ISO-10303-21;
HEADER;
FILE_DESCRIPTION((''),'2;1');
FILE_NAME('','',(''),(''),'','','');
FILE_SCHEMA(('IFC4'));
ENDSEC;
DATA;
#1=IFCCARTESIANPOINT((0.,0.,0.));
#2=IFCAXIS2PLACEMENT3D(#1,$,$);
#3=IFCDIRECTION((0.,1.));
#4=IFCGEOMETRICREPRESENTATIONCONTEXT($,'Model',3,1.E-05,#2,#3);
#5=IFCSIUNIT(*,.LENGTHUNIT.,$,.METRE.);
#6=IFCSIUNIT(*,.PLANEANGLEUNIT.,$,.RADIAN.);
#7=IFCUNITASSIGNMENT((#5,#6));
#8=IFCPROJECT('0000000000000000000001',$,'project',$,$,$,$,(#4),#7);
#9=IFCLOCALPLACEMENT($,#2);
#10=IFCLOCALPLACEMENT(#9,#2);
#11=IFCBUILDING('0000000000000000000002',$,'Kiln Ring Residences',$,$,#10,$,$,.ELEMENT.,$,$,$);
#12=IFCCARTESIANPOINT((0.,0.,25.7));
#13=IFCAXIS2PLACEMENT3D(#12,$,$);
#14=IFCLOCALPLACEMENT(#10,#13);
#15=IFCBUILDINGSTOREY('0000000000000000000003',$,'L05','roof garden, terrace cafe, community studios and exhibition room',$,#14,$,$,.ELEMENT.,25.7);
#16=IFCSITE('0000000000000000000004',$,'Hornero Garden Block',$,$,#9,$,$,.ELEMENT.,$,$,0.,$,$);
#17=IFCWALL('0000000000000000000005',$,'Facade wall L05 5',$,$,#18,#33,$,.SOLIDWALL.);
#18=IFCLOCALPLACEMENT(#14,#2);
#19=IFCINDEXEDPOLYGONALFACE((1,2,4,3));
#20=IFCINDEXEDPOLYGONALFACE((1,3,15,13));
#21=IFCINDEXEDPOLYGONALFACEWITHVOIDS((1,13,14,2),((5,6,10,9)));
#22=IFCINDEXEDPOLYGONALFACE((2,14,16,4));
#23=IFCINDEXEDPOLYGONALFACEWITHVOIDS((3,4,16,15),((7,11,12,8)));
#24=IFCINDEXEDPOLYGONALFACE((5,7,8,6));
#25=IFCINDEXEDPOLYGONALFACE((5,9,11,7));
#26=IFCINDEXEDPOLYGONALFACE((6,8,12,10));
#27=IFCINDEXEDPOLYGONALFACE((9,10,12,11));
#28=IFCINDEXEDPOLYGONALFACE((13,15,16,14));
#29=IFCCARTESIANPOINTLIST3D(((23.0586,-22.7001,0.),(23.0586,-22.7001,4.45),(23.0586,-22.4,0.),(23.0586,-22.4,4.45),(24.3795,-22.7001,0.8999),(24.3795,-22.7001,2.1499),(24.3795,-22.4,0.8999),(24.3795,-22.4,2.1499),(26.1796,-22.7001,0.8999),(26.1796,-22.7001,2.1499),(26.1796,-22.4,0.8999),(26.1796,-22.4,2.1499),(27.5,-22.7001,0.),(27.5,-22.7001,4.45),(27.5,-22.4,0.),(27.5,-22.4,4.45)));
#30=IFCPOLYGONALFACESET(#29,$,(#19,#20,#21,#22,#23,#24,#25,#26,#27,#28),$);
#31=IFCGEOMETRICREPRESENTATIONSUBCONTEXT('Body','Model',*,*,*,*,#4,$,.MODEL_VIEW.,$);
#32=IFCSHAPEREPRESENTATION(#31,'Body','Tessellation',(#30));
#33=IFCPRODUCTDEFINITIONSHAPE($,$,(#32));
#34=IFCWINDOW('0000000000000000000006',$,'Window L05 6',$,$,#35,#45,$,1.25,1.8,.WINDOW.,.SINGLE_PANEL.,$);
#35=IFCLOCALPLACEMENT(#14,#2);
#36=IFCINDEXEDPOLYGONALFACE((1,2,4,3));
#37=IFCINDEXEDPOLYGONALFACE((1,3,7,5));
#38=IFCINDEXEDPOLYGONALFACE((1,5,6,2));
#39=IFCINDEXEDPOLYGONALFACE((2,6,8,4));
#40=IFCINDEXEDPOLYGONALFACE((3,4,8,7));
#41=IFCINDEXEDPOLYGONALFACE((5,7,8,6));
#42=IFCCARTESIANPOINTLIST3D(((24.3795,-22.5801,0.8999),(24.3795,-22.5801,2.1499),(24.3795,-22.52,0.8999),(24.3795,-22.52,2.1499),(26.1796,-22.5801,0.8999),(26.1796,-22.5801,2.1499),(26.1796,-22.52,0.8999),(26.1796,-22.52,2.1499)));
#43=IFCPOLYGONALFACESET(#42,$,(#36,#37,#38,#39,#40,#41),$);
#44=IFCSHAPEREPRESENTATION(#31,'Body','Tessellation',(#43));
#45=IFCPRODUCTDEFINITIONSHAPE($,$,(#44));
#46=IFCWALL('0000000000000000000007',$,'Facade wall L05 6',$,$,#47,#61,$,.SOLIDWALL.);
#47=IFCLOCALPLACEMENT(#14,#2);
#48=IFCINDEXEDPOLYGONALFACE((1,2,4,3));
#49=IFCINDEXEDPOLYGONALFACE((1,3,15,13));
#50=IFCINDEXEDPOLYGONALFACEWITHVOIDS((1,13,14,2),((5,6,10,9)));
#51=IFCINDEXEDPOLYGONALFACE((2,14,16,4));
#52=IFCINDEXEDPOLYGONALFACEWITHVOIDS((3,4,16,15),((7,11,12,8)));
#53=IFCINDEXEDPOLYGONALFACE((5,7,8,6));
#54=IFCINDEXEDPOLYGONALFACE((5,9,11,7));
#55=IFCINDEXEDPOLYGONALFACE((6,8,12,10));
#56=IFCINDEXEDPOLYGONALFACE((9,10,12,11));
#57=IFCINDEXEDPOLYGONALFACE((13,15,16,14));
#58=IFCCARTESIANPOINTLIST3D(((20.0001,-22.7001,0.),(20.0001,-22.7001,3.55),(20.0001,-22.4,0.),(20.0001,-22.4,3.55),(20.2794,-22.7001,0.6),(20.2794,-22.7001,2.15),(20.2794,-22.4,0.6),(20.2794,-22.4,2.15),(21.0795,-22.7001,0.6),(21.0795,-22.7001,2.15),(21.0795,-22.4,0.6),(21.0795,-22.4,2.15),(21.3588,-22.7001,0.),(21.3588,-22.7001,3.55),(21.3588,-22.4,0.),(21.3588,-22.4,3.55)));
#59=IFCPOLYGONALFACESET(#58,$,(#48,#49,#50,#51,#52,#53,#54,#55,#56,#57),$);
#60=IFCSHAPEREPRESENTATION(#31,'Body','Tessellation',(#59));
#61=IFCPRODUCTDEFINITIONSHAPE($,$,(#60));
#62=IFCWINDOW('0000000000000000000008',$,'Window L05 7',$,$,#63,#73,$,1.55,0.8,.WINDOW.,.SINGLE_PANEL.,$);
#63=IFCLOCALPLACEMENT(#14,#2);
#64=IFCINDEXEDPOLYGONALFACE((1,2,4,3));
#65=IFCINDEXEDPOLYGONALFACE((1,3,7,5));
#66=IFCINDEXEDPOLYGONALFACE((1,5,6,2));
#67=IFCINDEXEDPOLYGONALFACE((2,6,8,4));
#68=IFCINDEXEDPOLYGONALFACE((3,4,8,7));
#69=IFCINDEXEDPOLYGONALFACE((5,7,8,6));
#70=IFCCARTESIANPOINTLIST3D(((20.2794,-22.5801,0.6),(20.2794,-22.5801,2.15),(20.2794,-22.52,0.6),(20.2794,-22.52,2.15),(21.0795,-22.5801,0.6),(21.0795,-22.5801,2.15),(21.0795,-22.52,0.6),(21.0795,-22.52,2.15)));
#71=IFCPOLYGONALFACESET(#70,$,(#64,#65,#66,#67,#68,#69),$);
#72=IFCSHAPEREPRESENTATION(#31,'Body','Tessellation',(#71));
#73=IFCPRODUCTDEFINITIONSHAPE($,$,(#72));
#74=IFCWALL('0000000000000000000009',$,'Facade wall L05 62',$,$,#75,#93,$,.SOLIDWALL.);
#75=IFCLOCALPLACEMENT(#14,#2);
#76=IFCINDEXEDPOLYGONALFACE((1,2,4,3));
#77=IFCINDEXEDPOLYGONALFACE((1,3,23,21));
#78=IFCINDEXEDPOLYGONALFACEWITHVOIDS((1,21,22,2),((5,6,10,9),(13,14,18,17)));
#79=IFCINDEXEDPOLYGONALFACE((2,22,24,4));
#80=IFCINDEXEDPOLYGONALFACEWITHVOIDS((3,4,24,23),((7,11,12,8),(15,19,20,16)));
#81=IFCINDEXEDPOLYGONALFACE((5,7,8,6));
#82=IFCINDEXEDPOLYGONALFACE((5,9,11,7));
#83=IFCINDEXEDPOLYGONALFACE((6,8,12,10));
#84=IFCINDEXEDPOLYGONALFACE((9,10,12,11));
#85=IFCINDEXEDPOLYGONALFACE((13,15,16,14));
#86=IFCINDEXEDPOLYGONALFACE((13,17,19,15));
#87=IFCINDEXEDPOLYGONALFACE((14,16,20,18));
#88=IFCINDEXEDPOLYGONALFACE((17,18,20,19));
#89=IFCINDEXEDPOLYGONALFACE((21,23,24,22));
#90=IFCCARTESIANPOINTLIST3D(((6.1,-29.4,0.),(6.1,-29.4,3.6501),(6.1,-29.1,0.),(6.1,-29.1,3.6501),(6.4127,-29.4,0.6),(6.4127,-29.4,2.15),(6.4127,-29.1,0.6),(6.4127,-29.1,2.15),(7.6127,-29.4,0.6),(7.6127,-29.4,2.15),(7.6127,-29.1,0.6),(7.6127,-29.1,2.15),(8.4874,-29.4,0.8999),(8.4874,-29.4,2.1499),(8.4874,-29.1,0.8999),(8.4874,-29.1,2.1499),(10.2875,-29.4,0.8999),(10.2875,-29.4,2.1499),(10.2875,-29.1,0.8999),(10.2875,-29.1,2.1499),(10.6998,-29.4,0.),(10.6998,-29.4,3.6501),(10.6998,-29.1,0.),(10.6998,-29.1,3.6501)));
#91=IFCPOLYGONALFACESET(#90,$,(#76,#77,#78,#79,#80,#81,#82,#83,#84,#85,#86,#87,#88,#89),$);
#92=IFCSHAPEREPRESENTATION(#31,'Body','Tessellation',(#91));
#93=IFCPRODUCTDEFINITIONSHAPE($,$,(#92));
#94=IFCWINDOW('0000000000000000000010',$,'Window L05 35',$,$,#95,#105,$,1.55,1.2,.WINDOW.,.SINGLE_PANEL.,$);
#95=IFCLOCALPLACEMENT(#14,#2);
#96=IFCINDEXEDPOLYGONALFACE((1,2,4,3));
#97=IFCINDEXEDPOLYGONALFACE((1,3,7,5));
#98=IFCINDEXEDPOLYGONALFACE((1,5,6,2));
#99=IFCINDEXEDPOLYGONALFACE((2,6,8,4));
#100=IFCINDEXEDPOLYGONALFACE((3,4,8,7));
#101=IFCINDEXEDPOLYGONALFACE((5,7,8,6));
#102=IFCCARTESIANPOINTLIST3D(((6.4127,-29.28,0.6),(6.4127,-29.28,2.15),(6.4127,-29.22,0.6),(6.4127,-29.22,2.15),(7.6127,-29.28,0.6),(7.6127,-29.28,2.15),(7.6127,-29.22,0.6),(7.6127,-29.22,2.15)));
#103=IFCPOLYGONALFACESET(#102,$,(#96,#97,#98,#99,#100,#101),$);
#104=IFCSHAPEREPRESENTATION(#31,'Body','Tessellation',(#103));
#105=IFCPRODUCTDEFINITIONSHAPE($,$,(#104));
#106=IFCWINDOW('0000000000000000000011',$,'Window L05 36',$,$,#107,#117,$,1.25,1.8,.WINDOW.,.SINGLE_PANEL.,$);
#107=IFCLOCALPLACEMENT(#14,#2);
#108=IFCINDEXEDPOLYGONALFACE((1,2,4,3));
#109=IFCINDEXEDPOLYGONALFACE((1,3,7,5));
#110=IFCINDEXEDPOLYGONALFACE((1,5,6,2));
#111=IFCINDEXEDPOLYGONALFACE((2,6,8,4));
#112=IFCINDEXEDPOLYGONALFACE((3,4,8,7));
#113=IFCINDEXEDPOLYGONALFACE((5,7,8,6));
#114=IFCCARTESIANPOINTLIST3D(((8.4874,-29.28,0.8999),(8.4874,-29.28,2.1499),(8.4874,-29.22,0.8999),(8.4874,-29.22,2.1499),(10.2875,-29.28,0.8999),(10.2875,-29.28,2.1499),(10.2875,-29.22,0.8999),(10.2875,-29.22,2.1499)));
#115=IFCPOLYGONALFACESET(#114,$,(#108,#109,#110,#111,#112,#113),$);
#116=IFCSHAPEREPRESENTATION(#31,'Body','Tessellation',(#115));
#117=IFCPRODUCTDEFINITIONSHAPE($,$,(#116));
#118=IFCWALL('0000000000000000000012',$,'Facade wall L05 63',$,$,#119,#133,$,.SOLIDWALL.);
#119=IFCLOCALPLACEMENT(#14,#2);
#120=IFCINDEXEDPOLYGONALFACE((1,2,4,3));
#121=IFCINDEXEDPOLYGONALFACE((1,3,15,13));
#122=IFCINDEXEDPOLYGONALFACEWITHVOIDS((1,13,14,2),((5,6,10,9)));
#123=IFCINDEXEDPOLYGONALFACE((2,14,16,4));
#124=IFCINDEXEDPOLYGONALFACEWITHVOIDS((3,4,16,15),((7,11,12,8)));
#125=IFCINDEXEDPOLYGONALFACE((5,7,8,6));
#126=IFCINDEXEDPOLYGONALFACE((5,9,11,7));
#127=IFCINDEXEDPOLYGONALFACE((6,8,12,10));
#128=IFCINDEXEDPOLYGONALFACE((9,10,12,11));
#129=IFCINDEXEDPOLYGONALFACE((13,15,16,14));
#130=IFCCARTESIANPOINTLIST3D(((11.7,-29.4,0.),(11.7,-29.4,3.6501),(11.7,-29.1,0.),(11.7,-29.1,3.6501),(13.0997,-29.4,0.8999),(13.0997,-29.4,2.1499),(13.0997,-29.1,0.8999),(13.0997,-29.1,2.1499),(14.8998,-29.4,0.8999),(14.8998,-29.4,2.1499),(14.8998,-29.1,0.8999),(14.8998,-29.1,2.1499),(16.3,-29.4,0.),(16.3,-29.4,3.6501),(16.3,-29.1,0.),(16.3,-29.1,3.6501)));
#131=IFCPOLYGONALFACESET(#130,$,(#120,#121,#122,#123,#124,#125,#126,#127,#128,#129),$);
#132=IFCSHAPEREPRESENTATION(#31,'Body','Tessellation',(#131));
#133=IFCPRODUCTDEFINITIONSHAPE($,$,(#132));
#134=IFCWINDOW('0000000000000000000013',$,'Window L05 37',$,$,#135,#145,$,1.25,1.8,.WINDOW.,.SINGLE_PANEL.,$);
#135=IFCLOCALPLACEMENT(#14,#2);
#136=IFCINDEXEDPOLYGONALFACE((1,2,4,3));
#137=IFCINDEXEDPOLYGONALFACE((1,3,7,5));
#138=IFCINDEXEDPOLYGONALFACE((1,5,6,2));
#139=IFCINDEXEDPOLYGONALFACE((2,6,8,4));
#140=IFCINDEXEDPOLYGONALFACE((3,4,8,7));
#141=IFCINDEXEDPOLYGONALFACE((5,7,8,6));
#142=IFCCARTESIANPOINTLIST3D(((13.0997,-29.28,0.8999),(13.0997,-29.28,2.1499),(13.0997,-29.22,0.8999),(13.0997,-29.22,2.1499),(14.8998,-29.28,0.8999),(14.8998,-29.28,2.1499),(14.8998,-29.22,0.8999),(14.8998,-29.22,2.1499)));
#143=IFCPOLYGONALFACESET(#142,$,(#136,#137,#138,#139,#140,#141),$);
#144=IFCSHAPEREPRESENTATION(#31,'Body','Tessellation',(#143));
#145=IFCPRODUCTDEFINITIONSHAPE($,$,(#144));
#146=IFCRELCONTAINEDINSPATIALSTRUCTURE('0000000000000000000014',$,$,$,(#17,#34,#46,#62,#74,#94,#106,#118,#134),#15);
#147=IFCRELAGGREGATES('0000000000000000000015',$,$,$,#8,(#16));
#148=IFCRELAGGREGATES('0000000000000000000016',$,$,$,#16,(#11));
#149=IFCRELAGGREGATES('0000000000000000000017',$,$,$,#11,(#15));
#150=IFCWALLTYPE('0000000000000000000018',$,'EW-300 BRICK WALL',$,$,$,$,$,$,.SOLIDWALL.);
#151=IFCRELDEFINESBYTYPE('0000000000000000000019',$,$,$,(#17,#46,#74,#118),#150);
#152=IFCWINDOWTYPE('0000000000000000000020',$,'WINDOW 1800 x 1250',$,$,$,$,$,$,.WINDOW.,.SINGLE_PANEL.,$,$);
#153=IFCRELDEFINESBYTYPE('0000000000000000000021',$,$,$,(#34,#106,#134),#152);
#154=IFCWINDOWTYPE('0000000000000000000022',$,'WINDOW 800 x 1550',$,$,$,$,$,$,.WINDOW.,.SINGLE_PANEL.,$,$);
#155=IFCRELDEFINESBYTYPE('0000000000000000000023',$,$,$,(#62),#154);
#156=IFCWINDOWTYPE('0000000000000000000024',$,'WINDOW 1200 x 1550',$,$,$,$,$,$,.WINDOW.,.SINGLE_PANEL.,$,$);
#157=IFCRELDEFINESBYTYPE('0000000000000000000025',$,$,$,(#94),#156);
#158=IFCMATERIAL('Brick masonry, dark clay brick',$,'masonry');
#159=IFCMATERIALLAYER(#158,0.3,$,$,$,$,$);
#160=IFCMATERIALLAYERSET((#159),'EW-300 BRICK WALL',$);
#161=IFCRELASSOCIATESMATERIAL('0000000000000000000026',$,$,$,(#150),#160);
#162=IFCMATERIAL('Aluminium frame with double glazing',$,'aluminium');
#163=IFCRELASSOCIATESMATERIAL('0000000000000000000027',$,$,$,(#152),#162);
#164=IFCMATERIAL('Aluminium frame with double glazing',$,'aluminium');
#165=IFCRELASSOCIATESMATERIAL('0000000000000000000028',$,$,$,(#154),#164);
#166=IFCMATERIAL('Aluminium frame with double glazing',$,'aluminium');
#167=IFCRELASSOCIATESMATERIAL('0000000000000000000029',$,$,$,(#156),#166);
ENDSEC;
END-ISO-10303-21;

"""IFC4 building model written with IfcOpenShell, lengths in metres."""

from ifc_helpers import new_model, si_unit, direction, frame, frame_2d, origin, place, context, subcontext, project, spatial, rectangle, extrude, material, layer, layer_set, type_object, element, fill, save


model = new_model("IFC4")

# Units and contexts
model_context = context("Model", 3, precision=1e-05, world=origin(), true_north=direction((0.0, 1.0)))
body_context = subcontext(model_context, "Body", "Model", "MODEL_VIEW")
ifc_project = project(units=[si_unit("LENGTHUNIT", "METRE"), si_unit("PLANEANGLEUNIT", "RADIAN")], contexts=[model_context])

# Site, building, storey
site_placement = place(None, origin())
site = spatial("IfcSite", under=ifc_project, at=site_placement, Name="Hornero Garden Block", CompositionType="ELEMENT", RefElevation=0.0)
building_placement = place(site_placement, origin())
building = spatial("IfcBuilding", under=site, at=building_placement, Name="Kiln Ring Residences", CompositionType="ELEMENT")
storey_placement = place(building_placement, frame((0.0, 0.0, 25.7)))
storey = spatial("IfcBuildingStorey", under=building, at=storey_placement, Name="L05", Description="roof garden, terrace cafe, community studios and exhibition room", CompositionType="ELEMENT", Elevation=25.7)

# Walls, openings, windows
ifc_material_1 = material(Name="Brick masonry, dark clay brick", Category="masonry")
ifc_layer_1 = layer(ifc_material_1, 0.3)
ifc_layer_set_1 = layer_set([ifc_layer_1], Name="EW-300 BRICK WALL")
wall_type_1 = type_object("IfcWallType", Name="EW-300 BRICK WALL", PredefinedType="SOLIDWALL", material=ifc_layer_set_1)
wall_1_placement = place(storey_placement, frame((27.5, -22.55, 0.0), z_axis=(0.0, 0.0, 1.0), x_axis=(-1.0, 0.0, 0.0)))
wall_1 = element("IfcWall", 1, at=wall_1_placement, inside=storey, type_object=wall_type_1, Name="Facade wall L05 5", PredefinedType="SOLIDWALL", context=body_context, shape_type="SweptSolid", body=[
    extrude(rectangle(XDim=4.4414, YDim=0.3, at=frame_2d((2.2207, 0.0))), origin(), (0.0, 0.0, 1.0), 4.45),
])
opening_1_placement = place(wall_1_placement, frame((1.3206, 0.0, 0.8999)))
opening_1 = element("IfcOpeningElement", 2, at=opening_1_placement, cuts=wall_1, PredefinedType="OPENING", context=body_context, shape_type="SweptSolid", body=[
    extrude(rectangle(XDim=1.8, YDim=1.25, at=frame_2d((0.8999, 0.625))), frame((0.0, 0.1599, 0.0), z_axis=(0.0, -1.0, 0.0), x_axis=(1.0, 0.0, 0.0)), (0.0, 0.0, 1.0), 0.3201),
])
ifc_material_2 = material(Name="Aluminium frame with double glazing", Category="aluminium")
window_type_1 = type_object("IfcWindowType", Name="WINDOW 1800 x 1250", PartitioningType="SINGLE_PANEL", PredefinedType="WINDOW", material=ifc_material_2)
window_1_placement = place(opening_1_placement, origin())
window_1 = element("IfcWindow", 3, at=window_1_placement, inside=storey, type_object=window_type_1, Name="Window L05 6", OverallHeight=1.25, OverallWidth=1.8, PartitioningType="SINGLE_PANEL", PredefinedType="WINDOW", context=body_context, shape_type="SweptSolid", body=[
    extrude(rectangle(XDim=1.8, YDim=1.25, at=frame_2d((0.8999, 0.625))), frame((0.0, 0.03, 0.0), z_axis=(0.0, -1.0, 0.0), x_axis=(1.0, 0.0, 0.0)), (0.0, 0.0, 1.0), 0.0601),
])
fill(opening_1, window_1)
wall_2_placement = place(storey_placement, frame((21.3586, -22.55, 0.0), z_axis=(0.0, 0.0, 1.0), x_axis=(-1.0, 0.0, 0.0)))
wall_2 = element("IfcWall", 4, at=wall_2_placement, inside=storey, type_object=wall_type_1, Name="Facade wall L05 6", PredefinedType="SOLIDWALL", context=body_context, shape_type="SweptSolid", body=[
    extrude(rectangle(XDim=1.3586, YDim=0.3, at=frame_2d((0.6792, 0.0))), origin(), (0.0, 0.0, 1.0), 3.55),
])
opening_2_placement = place(wall_2_placement, frame((0.2793, 0.0, 0.6001)))
opening_2 = element("IfcOpeningElement", 5, at=opening_2_placement, cuts=wall_2, PredefinedType="OPENING", context=body_context, shape_type="SweptSolid", body=[
    extrude(rectangle(XDim=0.8, YDim=1.55, at=frame_2d((0.3999, 0.7749))), frame((0.0, 0.1599, 0.0), z_axis=(0.0, -1.0, 0.0), x_axis=(1.0, 0.0, 0.0)), (0.0, 0.0, 1.0), 0.3201),
])
ifc_material_3 = material(Name="Aluminium frame with double glazing", Category="aluminium")
window_type_2 = type_object("IfcWindowType", Name="WINDOW 800 x 1550", PartitioningType="SINGLE_PANEL", PredefinedType="WINDOW", material=ifc_material_3)
window_2_placement = place(opening_2_placement, origin())
window_2 = element("IfcWindow", 6, at=window_2_placement, inside=storey, type_object=window_type_2, Name="Window L05 7", OverallHeight=1.55, OverallWidth=0.8, PartitioningType="SINGLE_PANEL", PredefinedType="WINDOW", context=body_context, shape_type="SweptSolid", body=[
    extrude(rectangle(XDim=0.8, YDim=1.55, at=frame_2d((0.3999, 0.7749))), frame((0.0, 0.03, 0.0), z_axis=(0.0, -1.0, 0.0), x_axis=(1.0, 0.0, 0.0)), (0.0, 0.0, 1.0), 0.0601),
])
fill(opening_2, window_2)

# Wall, openings, windows
wall_3_placement = place(storey_placement, frame((6.1001, -29.25, 0.0), z_axis=(0.0, 0.0, 1.0), x_axis=(1.0, 0.0, 0.0)))
wall_3 = element("IfcWall", 7, at=wall_3_placement, inside=storey, type_object=wall_type_1, Name="Facade wall L05 62", PredefinedType="SOLIDWALL", context=body_context, shape_type="SweptSolid", body=[
    extrude(rectangle(XDim=4.5999, YDim=0.3, at=frame_2d((2.2998, 0.0))), origin(), (0.0, 0.0, 1.0), 3.6501),
])
opening_3_placement = place(wall_3_placement, frame((0.3125, 0.0, 0.6001)))
opening_3 = element("IfcOpeningElement", 8, at=opening_3_placement, cuts=wall_3, PredefinedType="OPENING", context=body_context, shape_type="SweptSolid", body=[
    extrude(rectangle(XDim=1.2, YDim=1.55, at=frame_2d((0.6001, 0.7749))), frame((0.0, 0.1599, 0.0), z_axis=(0.0, -1.0, 0.0), x_axis=(1.0, 0.0, 0.0)), (0.0, 0.0, 1.0), 0.3201),
])
opening_4_placement = place(wall_3_placement, frame((2.3875, 0.0, 0.8999)))
opening_4 = element("IfcOpeningElement", 9, at=opening_4_placement, cuts=wall_3, PredefinedType="OPENING", context=body_context, shape_type="SweptSolid", body=[
    extrude(rectangle(XDim=1.8, YDim=1.25, at=frame_2d((0.8999, 0.625))), frame((0.0, 0.1599, 0.0), z_axis=(0.0, -1.0, 0.0), x_axis=(1.0, 0.0, 0.0)), (0.0, 0.0, 1.0), 0.3201),
])
ifc_material_4 = material(Name="Aluminium frame with double glazing", Category="aluminium")
window_type_3 = type_object("IfcWindowType", Name="WINDOW 1200 x 1550", PartitioningType="SINGLE_PANEL", PredefinedType="WINDOW", material=ifc_material_4)
window_3_placement = place(opening_3_placement, origin())
window_3 = element("IfcWindow", 10, at=window_3_placement, inside=storey, type_object=window_type_3, Name="Window L05 35", OverallHeight=1.55, OverallWidth=1.2, PartitioningType="SINGLE_PANEL", PredefinedType="WINDOW", context=body_context, shape_type="SweptSolid", body=[
    extrude(rectangle(XDim=1.2, YDim=1.55, at=frame_2d((0.6001, 0.7749))), frame((0.0, 0.03, 0.0), z_axis=(0.0, -1.0, 0.0), x_axis=(1.0, 0.0, 0.0)), (0.0, 0.0, 1.0), 0.0601),
])
fill(opening_3, window_3)
window_4_placement = place(opening_4_placement, origin())
window_4 = element("IfcWindow", 11, at=window_4_placement, inside=storey, type_object=window_type_1, Name="Window L05 36", OverallHeight=1.25, OverallWidth=1.8, PartitioningType="SINGLE_PANEL", PredefinedType="WINDOW", context=body_context, shape_type="SweptSolid", body=[
    extrude(rectangle(XDim=1.8, YDim=1.25, at=frame_2d((0.8999, 0.625))), frame((0.0, 0.03, 0.0), z_axis=(0.0, -1.0, 0.0), x_axis=(1.0, 0.0, 0.0)), (0.0, 0.0, 1.0), 0.0601),
])
fill(opening_4, window_4)

# Wall, opening, window
wall_4_placement = place(storey_placement, frame((11.7, -29.25, 0.0), z_axis=(0.0, 0.0, 1.0), x_axis=(1.0, 0.0, 0.0)))
wall_4 = element("IfcWall", 12, at=wall_4_placement, inside=storey, type_object=wall_type_1, Name="Facade wall L05 63", PredefinedType="SOLIDWALL", context=body_context, shape_type="SweptSolid", body=[
    extrude(rectangle(XDim=4.6001, YDim=0.3, at=frame_2d((2.3, 0.0))), origin(), (0.0, 0.0, 1.0), 3.6501),
])
opening_5_placement = place(wall_4_placement, frame((1.3999, 0.0, 0.8999)))
opening_5 = element("IfcOpeningElement", 13, at=opening_5_placement, cuts=wall_4, PredefinedType="OPENING", context=body_context, shape_type="SweptSolid", body=[
    extrude(rectangle(XDim=1.8, YDim=1.25, at=frame_2d((0.8999, 0.625))), frame((0.0, 0.1599, 0.0), z_axis=(0.0, -1.0, 0.0), x_axis=(1.0, 0.0, 0.0)), (0.0, 0.0, 1.0), 0.3201),
])
window_5_placement = place(opening_5_placement, origin())
window_5 = element("IfcWindow", 14, at=window_5_placement, inside=storey, type_object=window_type_1, Name="Window L05 37", OverallHeight=1.25, OverallWidth=1.8, PartitioningType="SINGLE_PANEL", PredefinedType="WINDOW", context=body_context, shape_type="SweptSolid", body=[
    extrude(rectangle(XDim=1.8, YDim=1.25, at=frame_2d((0.8999, 0.625))), frame((0.0, 0.03, 0.0), z_axis=(0.0, -1.0, 0.0), x_axis=(1.0, 0.0, 0.0)), (0.0, 0.0, 1.0), 0.0601),
])
fill(opening_5, window_5)

save(model, "model.ifc")
